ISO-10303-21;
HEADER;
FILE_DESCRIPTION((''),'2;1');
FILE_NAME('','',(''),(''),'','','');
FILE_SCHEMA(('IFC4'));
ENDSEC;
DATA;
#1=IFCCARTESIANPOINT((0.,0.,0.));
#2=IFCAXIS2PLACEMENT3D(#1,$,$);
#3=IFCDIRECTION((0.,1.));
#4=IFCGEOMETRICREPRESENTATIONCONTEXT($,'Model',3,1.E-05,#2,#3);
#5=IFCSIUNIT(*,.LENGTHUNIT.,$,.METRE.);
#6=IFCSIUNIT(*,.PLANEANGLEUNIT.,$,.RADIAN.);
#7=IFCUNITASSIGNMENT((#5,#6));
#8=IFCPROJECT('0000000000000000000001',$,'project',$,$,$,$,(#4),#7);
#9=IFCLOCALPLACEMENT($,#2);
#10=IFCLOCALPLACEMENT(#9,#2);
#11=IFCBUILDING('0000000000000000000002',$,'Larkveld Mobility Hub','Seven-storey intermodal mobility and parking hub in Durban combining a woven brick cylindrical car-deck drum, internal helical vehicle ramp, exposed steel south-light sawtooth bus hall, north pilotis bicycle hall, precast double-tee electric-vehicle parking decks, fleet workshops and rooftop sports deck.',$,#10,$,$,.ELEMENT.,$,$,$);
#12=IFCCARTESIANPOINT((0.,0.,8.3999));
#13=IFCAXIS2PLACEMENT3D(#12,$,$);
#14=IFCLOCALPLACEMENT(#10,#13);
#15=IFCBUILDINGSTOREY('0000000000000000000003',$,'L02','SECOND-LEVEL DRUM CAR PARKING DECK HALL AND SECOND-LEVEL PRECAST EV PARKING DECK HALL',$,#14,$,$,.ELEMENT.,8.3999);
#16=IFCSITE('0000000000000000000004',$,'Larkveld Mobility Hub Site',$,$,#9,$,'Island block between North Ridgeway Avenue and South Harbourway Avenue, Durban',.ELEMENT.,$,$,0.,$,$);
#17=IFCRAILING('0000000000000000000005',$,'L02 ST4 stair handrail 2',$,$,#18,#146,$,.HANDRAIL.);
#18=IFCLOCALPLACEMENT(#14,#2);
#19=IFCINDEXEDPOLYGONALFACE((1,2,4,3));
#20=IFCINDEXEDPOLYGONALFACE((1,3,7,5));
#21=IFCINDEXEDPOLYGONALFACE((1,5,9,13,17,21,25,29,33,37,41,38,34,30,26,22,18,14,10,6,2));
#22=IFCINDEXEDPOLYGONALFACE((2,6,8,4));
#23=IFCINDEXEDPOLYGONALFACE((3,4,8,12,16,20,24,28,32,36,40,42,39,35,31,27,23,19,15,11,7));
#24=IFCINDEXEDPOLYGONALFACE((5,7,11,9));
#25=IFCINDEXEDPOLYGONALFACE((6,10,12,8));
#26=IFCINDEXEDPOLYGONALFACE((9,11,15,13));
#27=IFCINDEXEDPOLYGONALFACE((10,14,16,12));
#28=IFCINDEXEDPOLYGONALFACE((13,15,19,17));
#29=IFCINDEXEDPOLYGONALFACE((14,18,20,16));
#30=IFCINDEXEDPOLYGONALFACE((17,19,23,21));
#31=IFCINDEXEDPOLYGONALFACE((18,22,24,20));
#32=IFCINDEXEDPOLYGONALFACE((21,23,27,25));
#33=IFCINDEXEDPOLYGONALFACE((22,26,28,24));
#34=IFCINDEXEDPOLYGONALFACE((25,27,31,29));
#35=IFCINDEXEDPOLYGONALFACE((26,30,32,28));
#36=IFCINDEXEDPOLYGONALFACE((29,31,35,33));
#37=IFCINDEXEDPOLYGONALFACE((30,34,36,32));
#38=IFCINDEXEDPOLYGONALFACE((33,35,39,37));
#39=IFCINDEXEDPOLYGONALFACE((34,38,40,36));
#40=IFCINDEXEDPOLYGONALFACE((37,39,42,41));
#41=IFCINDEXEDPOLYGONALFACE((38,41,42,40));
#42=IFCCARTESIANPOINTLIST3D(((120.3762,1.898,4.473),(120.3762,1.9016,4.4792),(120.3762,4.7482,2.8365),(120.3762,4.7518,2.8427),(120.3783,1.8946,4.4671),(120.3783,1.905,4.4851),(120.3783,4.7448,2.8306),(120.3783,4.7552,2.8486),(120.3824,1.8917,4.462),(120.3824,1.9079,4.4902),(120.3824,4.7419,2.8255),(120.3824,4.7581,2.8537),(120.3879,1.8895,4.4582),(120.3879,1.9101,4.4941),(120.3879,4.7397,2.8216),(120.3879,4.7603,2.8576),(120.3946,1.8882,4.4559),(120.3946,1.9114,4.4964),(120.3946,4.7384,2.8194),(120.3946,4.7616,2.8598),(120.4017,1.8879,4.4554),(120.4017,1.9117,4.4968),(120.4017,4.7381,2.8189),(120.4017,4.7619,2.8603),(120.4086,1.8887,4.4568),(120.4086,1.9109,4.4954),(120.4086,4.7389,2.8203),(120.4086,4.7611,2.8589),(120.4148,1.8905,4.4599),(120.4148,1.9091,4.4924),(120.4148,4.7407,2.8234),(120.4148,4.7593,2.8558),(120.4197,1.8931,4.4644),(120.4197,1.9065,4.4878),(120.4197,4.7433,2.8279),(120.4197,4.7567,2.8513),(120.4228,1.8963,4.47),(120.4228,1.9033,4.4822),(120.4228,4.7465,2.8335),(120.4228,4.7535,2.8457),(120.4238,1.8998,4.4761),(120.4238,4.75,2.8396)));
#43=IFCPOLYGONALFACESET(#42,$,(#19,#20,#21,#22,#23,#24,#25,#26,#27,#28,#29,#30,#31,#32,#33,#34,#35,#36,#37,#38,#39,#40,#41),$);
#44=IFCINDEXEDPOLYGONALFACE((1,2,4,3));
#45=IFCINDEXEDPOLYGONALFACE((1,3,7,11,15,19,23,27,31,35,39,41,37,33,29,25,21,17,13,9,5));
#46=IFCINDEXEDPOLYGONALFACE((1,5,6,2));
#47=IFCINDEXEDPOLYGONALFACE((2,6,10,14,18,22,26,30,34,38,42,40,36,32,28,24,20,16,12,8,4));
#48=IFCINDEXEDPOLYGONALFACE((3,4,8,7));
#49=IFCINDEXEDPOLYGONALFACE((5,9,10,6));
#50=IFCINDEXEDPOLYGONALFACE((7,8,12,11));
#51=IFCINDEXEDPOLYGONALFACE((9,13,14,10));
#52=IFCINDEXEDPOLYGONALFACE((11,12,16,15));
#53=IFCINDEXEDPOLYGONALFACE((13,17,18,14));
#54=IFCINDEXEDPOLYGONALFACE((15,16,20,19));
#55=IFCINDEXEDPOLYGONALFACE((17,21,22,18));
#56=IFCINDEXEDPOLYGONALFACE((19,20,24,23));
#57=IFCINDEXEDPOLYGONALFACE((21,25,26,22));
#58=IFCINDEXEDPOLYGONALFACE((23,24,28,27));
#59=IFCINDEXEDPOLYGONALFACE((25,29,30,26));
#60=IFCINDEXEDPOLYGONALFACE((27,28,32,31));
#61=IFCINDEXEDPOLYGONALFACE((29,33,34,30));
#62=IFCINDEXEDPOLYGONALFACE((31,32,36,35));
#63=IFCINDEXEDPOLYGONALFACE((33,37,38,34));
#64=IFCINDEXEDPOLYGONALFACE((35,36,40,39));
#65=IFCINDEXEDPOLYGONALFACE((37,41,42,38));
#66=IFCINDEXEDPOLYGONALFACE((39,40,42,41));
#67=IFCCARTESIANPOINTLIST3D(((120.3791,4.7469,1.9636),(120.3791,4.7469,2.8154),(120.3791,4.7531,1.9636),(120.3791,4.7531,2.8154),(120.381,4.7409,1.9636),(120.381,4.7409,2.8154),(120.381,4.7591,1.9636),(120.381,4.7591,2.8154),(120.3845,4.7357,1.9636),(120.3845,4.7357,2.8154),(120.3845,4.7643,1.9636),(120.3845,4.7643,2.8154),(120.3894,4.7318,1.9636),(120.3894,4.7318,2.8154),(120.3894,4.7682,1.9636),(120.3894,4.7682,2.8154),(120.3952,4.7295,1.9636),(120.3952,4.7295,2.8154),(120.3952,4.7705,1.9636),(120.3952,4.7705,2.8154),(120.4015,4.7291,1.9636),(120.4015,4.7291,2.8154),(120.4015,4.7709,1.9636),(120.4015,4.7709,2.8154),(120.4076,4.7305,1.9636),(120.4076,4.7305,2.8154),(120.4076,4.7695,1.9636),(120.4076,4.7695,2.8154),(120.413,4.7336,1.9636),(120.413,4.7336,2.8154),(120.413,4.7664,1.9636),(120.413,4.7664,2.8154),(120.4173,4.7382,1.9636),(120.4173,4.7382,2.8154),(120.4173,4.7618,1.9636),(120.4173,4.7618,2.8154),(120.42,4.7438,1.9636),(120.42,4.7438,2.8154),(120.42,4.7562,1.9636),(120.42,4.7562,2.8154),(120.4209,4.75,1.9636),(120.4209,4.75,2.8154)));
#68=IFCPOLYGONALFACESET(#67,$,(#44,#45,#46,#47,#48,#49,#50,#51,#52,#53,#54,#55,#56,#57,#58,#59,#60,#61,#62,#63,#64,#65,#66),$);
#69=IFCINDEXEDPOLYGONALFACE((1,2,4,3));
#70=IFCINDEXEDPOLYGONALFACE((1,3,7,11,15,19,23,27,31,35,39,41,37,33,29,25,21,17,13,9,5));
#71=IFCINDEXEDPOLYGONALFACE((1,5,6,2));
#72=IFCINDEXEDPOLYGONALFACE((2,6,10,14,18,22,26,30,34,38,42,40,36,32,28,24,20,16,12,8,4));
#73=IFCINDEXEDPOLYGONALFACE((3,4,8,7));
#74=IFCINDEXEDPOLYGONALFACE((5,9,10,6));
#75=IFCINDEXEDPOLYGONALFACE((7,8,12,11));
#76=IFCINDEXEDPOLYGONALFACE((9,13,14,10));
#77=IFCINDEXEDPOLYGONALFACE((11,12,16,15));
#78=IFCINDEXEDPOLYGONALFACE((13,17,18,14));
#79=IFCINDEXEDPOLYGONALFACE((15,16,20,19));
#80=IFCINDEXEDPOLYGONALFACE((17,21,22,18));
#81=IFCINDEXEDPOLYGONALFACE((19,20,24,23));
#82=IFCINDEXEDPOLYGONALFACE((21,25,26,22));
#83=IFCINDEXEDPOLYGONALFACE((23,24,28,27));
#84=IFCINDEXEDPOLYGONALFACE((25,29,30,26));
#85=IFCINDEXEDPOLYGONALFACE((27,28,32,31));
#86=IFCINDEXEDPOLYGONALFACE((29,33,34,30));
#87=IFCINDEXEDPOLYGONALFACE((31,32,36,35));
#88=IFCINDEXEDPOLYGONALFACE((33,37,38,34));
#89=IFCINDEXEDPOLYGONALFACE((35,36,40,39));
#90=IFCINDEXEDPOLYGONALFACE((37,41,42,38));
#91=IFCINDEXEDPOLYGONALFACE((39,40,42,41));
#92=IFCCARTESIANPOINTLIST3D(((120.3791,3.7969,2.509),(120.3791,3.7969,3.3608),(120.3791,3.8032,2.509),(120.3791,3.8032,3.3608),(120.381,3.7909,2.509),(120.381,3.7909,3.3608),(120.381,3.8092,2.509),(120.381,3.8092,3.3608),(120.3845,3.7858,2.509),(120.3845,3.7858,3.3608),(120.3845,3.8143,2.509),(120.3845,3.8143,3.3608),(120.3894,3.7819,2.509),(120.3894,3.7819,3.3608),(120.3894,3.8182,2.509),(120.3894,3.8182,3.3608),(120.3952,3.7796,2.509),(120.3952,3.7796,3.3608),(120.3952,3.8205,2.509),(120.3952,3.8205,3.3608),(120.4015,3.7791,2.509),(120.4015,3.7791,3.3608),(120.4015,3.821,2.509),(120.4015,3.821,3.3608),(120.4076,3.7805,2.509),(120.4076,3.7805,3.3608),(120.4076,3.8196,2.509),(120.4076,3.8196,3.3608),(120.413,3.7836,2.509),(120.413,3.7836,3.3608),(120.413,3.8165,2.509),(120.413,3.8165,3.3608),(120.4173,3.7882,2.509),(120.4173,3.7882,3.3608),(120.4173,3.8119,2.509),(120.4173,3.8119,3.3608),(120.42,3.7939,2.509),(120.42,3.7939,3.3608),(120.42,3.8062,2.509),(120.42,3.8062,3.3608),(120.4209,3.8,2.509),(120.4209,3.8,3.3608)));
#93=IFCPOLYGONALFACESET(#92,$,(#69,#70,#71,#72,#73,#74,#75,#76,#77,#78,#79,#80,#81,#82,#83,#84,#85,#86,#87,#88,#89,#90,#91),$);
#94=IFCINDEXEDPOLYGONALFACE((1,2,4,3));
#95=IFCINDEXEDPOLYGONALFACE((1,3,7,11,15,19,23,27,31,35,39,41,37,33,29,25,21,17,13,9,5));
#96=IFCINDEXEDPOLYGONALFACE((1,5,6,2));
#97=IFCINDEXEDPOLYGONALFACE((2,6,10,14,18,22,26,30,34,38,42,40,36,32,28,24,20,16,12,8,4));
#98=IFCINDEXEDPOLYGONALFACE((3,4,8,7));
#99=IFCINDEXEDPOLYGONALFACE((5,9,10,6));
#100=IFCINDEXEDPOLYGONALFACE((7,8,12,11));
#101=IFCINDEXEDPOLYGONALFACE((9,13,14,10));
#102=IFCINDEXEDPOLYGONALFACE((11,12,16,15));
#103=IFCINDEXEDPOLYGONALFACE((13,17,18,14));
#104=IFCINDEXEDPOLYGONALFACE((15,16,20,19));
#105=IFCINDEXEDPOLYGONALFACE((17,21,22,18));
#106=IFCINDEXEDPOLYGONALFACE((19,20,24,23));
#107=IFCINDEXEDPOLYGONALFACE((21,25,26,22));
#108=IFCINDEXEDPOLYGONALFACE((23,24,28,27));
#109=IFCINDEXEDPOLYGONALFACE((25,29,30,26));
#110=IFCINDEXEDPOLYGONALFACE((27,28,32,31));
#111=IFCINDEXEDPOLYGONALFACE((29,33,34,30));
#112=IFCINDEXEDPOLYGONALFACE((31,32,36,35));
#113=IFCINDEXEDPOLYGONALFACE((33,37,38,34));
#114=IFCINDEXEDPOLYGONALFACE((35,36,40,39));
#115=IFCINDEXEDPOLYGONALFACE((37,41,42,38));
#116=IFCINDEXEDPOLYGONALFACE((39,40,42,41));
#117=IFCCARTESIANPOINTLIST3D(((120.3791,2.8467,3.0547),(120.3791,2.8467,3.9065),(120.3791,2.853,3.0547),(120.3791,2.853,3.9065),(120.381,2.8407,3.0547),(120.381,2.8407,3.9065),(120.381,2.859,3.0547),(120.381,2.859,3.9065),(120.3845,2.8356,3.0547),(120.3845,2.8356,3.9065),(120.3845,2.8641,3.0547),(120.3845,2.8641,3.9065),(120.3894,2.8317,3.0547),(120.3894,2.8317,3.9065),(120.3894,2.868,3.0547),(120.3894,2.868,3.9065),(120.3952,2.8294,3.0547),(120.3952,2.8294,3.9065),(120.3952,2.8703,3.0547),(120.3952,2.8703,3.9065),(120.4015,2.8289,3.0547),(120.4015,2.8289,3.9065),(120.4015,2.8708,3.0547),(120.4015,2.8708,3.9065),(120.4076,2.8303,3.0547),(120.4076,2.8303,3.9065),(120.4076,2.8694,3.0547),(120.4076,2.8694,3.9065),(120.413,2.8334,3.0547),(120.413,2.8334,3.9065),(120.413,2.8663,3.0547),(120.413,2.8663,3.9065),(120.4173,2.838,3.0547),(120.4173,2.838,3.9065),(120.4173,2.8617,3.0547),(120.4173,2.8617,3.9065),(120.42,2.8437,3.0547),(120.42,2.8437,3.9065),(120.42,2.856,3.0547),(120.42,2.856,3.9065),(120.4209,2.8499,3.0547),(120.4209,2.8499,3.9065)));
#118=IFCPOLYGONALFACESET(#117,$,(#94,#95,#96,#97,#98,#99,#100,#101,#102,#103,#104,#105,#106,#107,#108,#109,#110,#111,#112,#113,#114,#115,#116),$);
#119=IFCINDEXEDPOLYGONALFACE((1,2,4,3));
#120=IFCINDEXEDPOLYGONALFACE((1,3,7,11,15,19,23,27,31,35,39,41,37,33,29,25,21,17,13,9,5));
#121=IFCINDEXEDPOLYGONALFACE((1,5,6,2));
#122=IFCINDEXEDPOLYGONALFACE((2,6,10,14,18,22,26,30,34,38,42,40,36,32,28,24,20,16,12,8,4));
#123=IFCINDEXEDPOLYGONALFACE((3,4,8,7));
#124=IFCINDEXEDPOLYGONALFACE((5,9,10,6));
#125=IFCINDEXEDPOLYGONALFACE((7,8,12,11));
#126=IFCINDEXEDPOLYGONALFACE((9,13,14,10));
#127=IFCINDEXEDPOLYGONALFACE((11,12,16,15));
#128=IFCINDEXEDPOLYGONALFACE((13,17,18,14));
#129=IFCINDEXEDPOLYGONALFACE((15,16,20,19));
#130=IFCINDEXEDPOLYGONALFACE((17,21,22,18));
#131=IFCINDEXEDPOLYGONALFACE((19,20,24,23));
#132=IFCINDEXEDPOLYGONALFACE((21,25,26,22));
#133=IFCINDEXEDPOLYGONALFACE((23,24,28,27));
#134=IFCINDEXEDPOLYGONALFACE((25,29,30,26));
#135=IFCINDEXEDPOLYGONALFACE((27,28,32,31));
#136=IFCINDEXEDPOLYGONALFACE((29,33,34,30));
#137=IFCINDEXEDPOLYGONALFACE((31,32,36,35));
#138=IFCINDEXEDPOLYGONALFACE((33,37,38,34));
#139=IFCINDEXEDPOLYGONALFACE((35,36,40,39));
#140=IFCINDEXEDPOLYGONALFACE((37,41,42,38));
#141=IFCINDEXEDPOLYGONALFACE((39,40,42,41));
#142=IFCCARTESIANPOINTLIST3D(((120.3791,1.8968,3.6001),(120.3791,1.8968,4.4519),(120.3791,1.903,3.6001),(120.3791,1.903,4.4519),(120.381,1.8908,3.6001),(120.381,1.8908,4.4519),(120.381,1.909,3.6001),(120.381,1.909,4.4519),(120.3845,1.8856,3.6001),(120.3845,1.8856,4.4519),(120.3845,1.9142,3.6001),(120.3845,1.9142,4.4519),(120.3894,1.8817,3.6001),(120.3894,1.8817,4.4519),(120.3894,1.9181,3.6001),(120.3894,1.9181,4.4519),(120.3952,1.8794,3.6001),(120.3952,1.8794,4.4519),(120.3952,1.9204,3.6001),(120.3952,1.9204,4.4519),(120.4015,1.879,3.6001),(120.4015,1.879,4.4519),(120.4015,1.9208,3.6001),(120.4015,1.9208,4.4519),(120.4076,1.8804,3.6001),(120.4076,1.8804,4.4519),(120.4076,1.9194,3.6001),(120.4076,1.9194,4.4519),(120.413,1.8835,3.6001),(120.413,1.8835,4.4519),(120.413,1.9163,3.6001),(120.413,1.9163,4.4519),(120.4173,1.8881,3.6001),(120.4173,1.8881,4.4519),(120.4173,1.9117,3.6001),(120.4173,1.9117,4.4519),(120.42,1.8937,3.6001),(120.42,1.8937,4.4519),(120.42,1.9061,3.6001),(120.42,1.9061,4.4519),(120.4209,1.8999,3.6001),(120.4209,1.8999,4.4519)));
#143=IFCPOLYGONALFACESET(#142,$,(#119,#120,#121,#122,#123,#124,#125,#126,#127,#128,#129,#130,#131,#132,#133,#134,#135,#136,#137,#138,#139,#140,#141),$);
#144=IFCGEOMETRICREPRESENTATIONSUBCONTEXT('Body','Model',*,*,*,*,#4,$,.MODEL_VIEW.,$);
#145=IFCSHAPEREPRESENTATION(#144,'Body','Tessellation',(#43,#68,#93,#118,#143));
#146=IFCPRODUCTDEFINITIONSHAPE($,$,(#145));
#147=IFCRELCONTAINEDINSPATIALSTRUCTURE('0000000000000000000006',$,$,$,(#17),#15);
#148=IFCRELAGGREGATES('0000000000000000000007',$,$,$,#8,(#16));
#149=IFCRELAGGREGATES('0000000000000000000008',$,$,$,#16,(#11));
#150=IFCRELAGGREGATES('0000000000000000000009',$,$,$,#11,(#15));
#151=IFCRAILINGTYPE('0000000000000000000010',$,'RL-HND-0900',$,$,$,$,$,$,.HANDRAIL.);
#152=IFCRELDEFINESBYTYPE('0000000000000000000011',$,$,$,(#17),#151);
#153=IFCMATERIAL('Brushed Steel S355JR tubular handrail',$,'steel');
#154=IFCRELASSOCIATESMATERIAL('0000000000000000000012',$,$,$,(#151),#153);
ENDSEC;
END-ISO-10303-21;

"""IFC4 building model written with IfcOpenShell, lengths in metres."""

from ifc_helpers import new_model, si_unit, direction, frame, origin, origin_2d, place, context, subcontext, project, spatial, circle, extrude, material, type_object, element, save


model = new_model("IFC4")

# Units and contexts
model_context = context("Model", 3, precision=1e-05, world=origin(), true_north=direction((0.0, 1.0)))
body_context = subcontext(model_context, "Body", "Model", "MODEL_VIEW")
ifc_project = project(units=[si_unit("LENGTHUNIT", "METRE"), si_unit("PLANEANGLEUNIT", "RADIAN")], contexts=[model_context])

# Site, building, storey
site_placement = place(None, origin())
site = spatial("IfcSite", under=ifc_project, at=site_placement, Name="Larkveld Mobility Hub Site", LongName="Island block between North Ridgeway Avenue and South Harbourway Avenue, Durban", CompositionType="ELEMENT", RefElevation=0.0)
building_placement = place(site_placement, origin())
building = spatial("IfcBuilding", under=site, at=building_placement, Name="Larkveld Mobility Hub", Description="Seven-storey intermodal mobility and parking hub in Durban combining a woven brick cylindrical car-deck drum, internal helical vehicle ramp, exposed steel south-light sawtooth bus hall, north pilotis bicycle hall, precast double-tee electric-vehicle parking decks, fleet workshops and rooftop sports deck.", CompositionType="ELEMENT")
storey_placement = place(building_placement, frame((0.0, 0.0, 8.3999)))
storey = spatial("IfcBuildingStorey", under=building, at=storey_placement, Name="L02", Description="SECOND-LEVEL DRUM CAR PARKING DECK HALL AND SECOND-LEVEL PRECAST EV PARKING DECK HALL", CompositionType="ELEMENT", Elevation=8.3999)

# Railing
ifc_material_1 = material(Name="Brushed Steel S355JR tubular handrail", Category="steel")
railing_type = type_object("IfcRailingType", Name="RL-HND-0900", PredefinedType="HANDRAIL", material=ifc_material_1)
railing_placement = place(storey_placement, frame((120.3999, 4.75, 1.9636)))
element("IfcRailing", 1, at=railing_placement, inside=storey, type_object=railing_type, Name="L02 ST4 stair handrail 2", PredefinedType="HANDRAIL", context=body_context, shape_type="SweptSolid", body=[
    extrude(circle(Radius=0.0239, at=origin_2d()), frame((0.0, 0.0, 0.876), z_axis=(0.0, -0.867213, 0.497938), x_axis=(1.0, 0.0, 0.0)), (0.0, 0.0, 1.0), 3.2866),
    extrude(circle(Radius=0.021, at=origin_2d()), origin(), (0.0, 0.0, 1.0), 0.8518),
    extrude(circle(Radius=0.021, at=origin_2d()), frame((0.0, -0.95, 0.5454)), (0.0, 0.0, 1.0), 0.8518),
    extrude(circle(Radius=0.021, at=origin_2d()), frame((0.0, -1.9001, 1.0911)), (0.0, 0.0, 1.0), 0.8518),
    extrude(circle(Radius=0.021, at=origin_2d()), frame((0.0, -2.8501, 1.6365)), (0.0, 0.0, 1.0), 0.8518),
])

save(model, "model.ifc")
